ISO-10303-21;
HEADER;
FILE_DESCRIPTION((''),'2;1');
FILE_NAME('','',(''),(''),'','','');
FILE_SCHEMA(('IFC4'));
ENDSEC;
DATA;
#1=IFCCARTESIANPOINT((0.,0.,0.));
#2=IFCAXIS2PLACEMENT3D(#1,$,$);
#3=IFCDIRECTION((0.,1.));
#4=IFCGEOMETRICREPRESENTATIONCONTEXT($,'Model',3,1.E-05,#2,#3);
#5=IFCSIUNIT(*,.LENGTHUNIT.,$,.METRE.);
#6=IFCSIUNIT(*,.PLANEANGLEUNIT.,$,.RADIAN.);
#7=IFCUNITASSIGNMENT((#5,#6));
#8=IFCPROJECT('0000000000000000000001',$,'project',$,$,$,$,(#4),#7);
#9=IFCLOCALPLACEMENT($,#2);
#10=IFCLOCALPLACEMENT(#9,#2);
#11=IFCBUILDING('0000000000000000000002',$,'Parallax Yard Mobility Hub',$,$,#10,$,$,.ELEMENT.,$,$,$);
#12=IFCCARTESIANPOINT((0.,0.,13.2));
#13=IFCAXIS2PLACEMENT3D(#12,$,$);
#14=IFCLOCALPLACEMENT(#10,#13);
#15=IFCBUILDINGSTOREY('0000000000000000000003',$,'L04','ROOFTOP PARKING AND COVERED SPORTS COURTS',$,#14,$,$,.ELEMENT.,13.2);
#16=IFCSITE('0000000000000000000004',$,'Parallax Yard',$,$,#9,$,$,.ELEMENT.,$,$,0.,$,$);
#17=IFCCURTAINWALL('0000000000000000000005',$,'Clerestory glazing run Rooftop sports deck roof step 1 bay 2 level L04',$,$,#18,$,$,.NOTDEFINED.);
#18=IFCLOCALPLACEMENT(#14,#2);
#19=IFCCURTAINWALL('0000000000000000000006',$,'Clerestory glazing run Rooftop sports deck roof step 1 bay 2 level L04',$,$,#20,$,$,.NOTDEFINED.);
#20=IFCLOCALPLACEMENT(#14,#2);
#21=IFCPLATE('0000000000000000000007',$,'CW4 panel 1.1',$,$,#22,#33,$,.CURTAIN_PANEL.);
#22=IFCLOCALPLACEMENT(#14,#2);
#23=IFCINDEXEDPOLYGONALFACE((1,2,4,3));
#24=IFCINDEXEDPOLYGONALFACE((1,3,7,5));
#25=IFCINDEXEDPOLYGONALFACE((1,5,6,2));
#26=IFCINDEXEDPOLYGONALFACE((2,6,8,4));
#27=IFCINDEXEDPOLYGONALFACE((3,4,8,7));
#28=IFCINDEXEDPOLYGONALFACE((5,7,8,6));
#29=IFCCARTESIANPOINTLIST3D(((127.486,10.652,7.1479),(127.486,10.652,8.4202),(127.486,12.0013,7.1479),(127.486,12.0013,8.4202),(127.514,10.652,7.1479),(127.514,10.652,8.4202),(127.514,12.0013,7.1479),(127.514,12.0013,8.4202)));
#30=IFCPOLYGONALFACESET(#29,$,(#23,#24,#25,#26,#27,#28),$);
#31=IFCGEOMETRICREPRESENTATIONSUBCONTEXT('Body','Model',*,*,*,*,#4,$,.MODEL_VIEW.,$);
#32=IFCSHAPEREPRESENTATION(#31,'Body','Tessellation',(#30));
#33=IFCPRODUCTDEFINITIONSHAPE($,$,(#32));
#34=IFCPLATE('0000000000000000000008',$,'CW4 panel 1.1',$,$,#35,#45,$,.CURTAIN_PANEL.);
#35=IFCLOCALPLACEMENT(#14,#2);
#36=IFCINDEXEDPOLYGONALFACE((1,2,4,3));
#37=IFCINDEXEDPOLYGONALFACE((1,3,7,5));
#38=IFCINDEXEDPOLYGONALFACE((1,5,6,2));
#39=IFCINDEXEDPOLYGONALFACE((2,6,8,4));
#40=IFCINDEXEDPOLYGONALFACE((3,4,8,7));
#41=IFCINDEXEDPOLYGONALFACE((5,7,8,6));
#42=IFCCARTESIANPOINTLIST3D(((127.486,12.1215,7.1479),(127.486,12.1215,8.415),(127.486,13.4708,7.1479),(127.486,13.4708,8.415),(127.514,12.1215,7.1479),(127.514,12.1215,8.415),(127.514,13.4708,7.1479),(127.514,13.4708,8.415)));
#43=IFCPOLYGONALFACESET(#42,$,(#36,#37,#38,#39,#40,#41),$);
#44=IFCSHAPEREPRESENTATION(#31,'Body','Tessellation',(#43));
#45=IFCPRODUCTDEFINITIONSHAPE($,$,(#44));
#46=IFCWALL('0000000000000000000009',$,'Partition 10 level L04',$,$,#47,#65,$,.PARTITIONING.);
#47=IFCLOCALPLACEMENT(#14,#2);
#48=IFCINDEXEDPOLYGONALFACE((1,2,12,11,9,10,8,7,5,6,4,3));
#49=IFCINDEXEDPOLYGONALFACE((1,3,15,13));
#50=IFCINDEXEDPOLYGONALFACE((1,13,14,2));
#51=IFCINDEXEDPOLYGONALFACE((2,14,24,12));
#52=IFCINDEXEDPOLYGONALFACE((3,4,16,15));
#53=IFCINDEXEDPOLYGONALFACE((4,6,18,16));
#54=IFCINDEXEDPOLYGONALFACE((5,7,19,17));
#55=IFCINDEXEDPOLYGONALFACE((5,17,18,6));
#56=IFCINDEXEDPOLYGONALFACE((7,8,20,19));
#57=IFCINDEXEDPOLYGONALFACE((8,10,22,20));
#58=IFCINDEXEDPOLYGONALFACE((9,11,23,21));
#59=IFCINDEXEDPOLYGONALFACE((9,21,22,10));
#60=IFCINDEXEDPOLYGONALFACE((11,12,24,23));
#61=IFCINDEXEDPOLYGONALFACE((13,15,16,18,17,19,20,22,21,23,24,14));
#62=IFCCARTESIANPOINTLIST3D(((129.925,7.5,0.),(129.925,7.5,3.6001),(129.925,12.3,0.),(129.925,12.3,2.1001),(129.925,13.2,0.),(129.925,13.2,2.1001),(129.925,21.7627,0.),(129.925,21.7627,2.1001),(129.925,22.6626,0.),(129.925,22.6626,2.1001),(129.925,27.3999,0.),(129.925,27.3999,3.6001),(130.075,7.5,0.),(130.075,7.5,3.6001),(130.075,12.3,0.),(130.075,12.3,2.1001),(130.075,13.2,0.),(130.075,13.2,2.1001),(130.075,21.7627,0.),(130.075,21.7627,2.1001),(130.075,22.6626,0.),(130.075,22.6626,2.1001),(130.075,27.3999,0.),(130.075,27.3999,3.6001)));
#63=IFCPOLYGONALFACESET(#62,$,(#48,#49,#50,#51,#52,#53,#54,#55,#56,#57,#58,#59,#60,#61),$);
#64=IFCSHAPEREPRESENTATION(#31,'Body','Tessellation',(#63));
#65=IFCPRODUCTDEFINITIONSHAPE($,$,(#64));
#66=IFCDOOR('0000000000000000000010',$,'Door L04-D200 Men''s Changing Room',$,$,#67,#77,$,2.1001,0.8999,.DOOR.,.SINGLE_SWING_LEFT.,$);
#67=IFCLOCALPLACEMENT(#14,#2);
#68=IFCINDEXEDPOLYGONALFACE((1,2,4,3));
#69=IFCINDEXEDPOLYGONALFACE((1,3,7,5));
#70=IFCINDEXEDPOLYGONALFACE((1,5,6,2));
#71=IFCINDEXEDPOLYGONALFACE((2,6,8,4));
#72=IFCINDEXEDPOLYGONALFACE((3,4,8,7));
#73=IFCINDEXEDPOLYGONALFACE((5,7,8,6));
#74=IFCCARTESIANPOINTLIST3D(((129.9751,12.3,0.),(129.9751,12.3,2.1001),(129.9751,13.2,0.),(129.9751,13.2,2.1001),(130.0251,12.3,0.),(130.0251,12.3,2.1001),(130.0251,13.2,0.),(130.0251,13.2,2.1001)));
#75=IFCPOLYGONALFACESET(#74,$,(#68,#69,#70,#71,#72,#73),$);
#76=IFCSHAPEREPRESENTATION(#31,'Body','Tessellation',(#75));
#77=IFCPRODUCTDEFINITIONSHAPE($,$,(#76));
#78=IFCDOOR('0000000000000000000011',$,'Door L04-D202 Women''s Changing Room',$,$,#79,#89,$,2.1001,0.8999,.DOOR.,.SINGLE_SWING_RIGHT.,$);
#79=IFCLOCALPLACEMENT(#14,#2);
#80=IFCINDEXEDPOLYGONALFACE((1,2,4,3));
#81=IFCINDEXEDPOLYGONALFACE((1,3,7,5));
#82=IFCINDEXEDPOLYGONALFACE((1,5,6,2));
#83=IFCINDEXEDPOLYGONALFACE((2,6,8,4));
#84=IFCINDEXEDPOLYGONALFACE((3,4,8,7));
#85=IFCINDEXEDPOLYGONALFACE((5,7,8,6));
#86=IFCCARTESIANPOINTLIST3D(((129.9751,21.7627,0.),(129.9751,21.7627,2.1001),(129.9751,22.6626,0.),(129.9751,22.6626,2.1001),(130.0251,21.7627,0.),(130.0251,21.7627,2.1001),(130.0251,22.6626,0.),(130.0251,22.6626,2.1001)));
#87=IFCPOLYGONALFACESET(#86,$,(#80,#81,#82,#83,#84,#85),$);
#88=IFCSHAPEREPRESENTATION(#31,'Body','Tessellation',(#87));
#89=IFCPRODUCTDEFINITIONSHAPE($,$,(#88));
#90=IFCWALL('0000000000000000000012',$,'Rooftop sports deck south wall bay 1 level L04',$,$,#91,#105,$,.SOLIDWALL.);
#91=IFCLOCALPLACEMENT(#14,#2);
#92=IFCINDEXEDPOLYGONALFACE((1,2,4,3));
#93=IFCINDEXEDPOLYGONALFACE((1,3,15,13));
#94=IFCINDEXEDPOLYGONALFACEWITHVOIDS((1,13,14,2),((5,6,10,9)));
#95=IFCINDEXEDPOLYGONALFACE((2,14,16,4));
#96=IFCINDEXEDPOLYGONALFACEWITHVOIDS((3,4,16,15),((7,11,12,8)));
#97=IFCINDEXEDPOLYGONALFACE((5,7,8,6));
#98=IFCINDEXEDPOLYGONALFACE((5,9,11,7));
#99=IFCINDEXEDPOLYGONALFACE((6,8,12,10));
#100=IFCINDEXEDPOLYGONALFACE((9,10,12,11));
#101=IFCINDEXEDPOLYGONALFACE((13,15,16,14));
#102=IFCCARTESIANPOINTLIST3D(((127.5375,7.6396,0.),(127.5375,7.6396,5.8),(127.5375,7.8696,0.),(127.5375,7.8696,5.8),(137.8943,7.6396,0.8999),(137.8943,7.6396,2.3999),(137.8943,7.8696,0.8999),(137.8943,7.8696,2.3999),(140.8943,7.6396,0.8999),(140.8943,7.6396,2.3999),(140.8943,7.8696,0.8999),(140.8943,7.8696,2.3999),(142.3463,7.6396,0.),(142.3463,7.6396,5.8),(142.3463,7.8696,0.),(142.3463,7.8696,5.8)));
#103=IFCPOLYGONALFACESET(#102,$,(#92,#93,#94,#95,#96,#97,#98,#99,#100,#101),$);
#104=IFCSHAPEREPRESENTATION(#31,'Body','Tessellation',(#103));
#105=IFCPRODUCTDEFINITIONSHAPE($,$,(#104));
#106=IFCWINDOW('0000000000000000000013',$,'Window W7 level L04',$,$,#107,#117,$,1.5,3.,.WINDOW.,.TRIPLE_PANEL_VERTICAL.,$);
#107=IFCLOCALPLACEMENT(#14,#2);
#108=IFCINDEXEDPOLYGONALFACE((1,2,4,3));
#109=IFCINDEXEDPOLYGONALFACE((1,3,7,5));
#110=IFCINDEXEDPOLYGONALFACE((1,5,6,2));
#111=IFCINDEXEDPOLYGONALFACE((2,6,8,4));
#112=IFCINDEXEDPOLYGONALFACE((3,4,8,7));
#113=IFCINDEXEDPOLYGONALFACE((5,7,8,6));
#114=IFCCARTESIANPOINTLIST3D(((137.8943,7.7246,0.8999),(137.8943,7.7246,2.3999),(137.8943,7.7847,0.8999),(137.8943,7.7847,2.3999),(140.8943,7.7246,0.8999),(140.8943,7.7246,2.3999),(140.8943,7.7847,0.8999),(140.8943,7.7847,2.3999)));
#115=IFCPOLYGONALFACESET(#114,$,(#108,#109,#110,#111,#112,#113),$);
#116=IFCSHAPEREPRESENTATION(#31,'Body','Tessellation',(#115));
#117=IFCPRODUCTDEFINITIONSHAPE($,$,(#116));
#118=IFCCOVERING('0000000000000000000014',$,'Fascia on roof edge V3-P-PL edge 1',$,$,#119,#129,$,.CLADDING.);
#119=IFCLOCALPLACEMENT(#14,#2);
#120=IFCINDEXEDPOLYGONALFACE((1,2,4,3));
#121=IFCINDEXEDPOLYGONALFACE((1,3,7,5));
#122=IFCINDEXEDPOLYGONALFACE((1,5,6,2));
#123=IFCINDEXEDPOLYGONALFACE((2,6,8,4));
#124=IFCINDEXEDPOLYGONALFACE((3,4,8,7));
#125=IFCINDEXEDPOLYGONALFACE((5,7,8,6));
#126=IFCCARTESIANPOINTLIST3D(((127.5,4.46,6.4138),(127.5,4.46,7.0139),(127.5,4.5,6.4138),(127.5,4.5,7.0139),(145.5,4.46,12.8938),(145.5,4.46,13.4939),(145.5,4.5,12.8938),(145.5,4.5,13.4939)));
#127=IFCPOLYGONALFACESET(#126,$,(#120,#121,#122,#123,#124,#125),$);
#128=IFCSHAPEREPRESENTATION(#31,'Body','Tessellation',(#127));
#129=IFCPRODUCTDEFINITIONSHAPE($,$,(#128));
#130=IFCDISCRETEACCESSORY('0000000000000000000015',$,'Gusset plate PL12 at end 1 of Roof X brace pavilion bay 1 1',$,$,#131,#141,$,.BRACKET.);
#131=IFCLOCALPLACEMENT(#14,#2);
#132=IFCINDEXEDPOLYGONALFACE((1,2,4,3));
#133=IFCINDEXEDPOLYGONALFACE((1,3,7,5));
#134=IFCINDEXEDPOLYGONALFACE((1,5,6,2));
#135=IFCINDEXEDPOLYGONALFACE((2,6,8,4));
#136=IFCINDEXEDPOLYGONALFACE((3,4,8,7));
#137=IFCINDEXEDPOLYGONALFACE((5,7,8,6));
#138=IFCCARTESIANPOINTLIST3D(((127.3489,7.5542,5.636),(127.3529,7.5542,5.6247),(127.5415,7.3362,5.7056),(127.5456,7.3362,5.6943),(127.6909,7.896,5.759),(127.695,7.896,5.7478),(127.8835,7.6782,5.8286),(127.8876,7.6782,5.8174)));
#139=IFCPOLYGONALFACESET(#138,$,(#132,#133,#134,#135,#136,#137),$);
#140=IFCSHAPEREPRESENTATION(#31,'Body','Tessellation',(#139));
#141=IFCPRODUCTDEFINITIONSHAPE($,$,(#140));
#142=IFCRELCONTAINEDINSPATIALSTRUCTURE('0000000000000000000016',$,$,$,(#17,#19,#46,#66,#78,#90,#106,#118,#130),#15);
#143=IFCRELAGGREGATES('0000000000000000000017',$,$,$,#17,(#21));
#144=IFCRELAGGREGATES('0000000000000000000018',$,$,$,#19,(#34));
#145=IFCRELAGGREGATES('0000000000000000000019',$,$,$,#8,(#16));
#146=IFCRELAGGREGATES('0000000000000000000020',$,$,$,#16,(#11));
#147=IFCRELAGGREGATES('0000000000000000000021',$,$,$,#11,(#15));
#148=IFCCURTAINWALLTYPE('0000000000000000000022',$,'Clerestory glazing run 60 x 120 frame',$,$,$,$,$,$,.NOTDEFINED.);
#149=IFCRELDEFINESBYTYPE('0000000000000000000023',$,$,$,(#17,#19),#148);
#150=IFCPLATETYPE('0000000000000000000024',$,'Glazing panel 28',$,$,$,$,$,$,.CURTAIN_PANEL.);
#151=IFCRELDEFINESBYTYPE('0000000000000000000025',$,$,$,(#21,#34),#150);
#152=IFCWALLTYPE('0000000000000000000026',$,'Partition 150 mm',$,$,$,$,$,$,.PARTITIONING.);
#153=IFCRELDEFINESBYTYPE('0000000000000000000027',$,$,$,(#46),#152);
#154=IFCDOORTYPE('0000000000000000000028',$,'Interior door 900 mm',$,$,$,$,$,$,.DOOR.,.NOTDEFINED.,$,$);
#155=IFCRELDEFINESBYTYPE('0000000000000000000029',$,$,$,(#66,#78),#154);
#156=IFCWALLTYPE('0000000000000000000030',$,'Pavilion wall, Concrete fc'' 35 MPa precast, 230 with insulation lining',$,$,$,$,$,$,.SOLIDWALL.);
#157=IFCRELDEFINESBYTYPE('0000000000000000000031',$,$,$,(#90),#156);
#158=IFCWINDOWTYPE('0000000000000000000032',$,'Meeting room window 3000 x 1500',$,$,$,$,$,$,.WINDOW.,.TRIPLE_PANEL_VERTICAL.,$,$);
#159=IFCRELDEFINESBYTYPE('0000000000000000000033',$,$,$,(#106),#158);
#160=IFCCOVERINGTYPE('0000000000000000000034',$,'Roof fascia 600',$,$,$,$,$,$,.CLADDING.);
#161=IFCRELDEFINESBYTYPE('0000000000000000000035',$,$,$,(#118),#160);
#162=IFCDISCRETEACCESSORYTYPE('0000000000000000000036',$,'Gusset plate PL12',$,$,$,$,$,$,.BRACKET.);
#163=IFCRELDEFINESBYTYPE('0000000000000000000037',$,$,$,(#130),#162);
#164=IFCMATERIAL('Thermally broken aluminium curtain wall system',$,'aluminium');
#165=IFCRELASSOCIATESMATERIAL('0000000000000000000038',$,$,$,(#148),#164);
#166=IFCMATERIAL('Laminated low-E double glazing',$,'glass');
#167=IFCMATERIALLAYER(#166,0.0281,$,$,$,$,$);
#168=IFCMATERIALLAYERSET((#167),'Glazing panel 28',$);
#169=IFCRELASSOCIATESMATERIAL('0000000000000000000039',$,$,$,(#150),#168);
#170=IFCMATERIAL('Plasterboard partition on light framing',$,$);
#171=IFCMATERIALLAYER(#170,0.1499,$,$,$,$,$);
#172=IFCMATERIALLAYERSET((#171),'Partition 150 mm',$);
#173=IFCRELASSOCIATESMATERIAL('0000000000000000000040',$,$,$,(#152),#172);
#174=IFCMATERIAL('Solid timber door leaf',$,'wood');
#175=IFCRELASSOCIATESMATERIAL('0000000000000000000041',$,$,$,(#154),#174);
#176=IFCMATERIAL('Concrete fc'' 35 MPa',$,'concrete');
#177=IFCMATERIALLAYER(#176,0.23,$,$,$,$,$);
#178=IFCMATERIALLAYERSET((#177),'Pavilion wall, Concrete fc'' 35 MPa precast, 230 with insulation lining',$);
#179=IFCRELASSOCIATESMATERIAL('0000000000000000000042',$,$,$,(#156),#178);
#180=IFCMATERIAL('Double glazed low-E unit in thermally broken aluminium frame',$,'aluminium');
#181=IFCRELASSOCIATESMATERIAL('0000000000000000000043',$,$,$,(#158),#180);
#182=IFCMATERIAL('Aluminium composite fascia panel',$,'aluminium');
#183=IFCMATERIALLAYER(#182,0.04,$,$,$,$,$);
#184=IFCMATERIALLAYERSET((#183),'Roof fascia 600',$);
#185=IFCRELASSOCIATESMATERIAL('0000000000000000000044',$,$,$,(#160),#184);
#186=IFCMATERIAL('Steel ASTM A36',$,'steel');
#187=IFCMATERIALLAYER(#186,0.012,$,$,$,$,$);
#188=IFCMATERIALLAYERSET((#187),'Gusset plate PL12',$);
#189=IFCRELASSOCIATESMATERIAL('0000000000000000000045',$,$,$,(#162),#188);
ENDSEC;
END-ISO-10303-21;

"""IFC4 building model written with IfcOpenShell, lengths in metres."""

from ifc_helpers import new_model, si_unit, direction, frame, frame_2d, origin, origin_2d, place, context, subcontext, project, spatial, polyline, rectangle, outline, extrude, material, layer, layer_set, type_object, element, fill, aggregate, save


model = new_model("IFC4")

# Units and contexts
model_context = context("Model", 3, precision=1e-05, world=origin(), true_north=direction((0.0, 1.0)))
body_context = subcontext(model_context, "Body", "Model", "MODEL_VIEW")
ifc_project = project(units=[si_unit("LENGTHUNIT", "METRE"), si_unit("PLANEANGLEUNIT", "RADIAN")], contexts=[model_context])

# Site, building, storey
site_placement = place(None, origin())
site = spatial("IfcSite", under=ifc_project, at=site_placement, Name="Parallax Yard", CompositionType="ELEMENT", RefElevation=0.0)
building_placement = place(site_placement, origin())
building = spatial("IfcBuilding", under=site, at=building_placement, Name="Parallax Yard Mobility Hub", CompositionType="ELEMENT")
storey_placement = place(building_placement, frame((0.0, 0.0, 13.2)))
storey = spatial("IfcBuildingStorey", under=building, at=storey_placement, Name="L04", Description="ROOFTOP PARKING AND COVERED SPORTS COURTS", CompositionType="ELEMENT", Elevation=13.2)

# Curtain walls
ifc_material_1 = material(Name="Thermally broken aluminium curtain wall system", Category="aluminium")
curtain_wall_type = type_object("IfcCurtainWallType", Name="Clerestory glazing run 60 x 120 frame", PredefinedType="NOTDEFINED", material=ifc_material_1)
curtain_wall_1_placement = place(storey_placement, origin())
curtain_wall_1 = element("IfcCurtainWall", 1, at=curtain_wall_1_placement, inside=storey, type_object=curtain_wall_type, Name="Clerestory glazing run Rooftop sports deck roof step 1 bay 2 level L04", PredefinedType="NOTDEFINED")
curtain_wall_2_placement = place(storey_placement, origin())
curtain_wall_2 = element("IfcCurtainWall", 2, at=curtain_wall_2_placement, inside=storey, type_object=curtain_wall_type, Name="Clerestory glazing run Rooftop sports deck roof step 1 bay 2 level L04", PredefinedType="NOTDEFINED")

# Plates
ifc_material_2 = material(Name="Laminated low-E double glazing", Category="glass")
ifc_layer_1 = layer(ifc_material_2, 0.0281)
ifc_layer_set_1 = layer_set([ifc_layer_1], Name="Glazing panel 28")
plate_type = type_object("IfcPlateType", Name="Glazing panel 28", PredefinedType="CURTAIN_PANEL", material=ifc_layer_set_1)
plate_1_placement = place(storey_placement, frame((127.5, 11.3267, 7.1479), z_axis=(0.0, 0.0, 1.0), x_axis=(0.0, 1.0, 0.0)))
plate_1 = element("IfcPlate", 3, at=plate_1_placement, type_object=plate_type, Name="CW4 panel 1.1", PredefinedType="CURTAIN_PANEL", context=body_context, shape_type="SweptSolid", body=[
    extrude(rectangle(XDim=1.3494, YDim=0.0281, at=origin_2d()), origin(), (0.0, 0.0, 1.0), 1.2722),
])
aggregate(curtain_wall_1, [plate_1])
plate_2_placement = place(storey_placement, frame((127.5, 12.7961, 7.1479), z_axis=(0.0, 0.0, 1.0), x_axis=(0.0, 1.0, 0.0)))
plate_2 = element("IfcPlate", 4, at=plate_2_placement, type_object=plate_type, Name="CW4 panel 1.1", PredefinedType="CURTAIN_PANEL", context=body_context, shape_type="SweptSolid", body=[
    extrude(rectangle(XDim=1.3494, YDim=0.0281, at=origin_2d()), origin(), (0.0, 0.0, 1.0), 1.2671),
])
aggregate(curtain_wall_2, [plate_2])

# Wall, openings, doors
ifc_material_3 = material(Name="Plasterboard partition on light framing")
ifc_layer_2 = layer(ifc_material_3, 0.1499)
ifc_layer_set_2 = layer_set([ifc_layer_2], Name="Partition 150 mm")
wall_type_1 = type_object("IfcWallType", Name="Partition 150 mm", PredefinedType="PARTITIONING", material=ifc_layer_set_2)
wall_1_placement = place(storey_placement, frame((130.0, 7.5, 0.0), z_axis=(0.0, 0.0, 1.0), x_axis=(0.0, 1.0, 0.0)))
wall_1 = element("IfcWall", 5, at=wall_1_placement, inside=storey, type_object=wall_type_1, Name="Partition 10 level L04", PredefinedType="PARTITIONING", context=body_context, shape_type="SweptSolid", body=[
    extrude(rectangle(XDim=19.8999, YDim=0.1499, at=frame_2d((9.95, 0.0))), origin(), (0.0, 0.0, 1.0), 3.6001),
])
opening_1_placement = place(wall_1_placement, frame((4.8, 0.0, 0.0)))
opening_1 = element("IfcOpeningElement", 6, at=opening_1_placement, cuts=wall_1, PredefinedType="OPENING", context=body_context, shape_type="SweptSolid", body=[
    extrude(rectangle(XDim=0.8999, YDim=2.1001, at=frame_2d((0.45, 1.05))), frame((0.0, 0.085, 0.0), z_axis=(0.0, -1.0, 0.0), x_axis=(1.0, 0.0, 0.0)), (0.0, 0.0, 1.0), 0.1699),
])
opening_2_placement = place(wall_1_placement, frame((14.2627, 0.0, 0.0)))
opening_2 = element("IfcOpeningElement", 7, at=opening_2_placement, cuts=wall_1, PredefinedType="OPENING", context=body_context, shape_type="SweptSolid", body=[
    extrude(rectangle(XDim=0.8999, YDim=2.1001, at=frame_2d((0.45, 1.05))), frame((0.0, 0.085, 0.0), z_axis=(0.0, -1.0, 0.0), x_axis=(1.0, 0.0, 0.0)), (0.0, 0.0, 1.0), 0.1699),
])
ifc_material_4 = material(Name="Solid timber door leaf", Category="wood")
door_type = type_object("IfcDoorType", Name="Interior door 900 mm", OperationType="NOTDEFINED", PredefinedType="DOOR", material=ifc_material_4)
door_1_placement = place(opening_1_placement, origin())
door_1 = element("IfcDoor", 8, at=door_1_placement, inside=storey, type_object=door_type, Name="Door L04-D200 Men's Changing Room", OperationType="SINGLE_SWING_LEFT", OverallHeight=2.1001, OverallWidth=0.8999, PredefinedType="DOOR", context=body_context, shape_type="SweptSolid", body=[
    extrude(rectangle(XDim=0.8999, YDim=2.1001, at=frame_2d((0.45, 1.05))), frame((0.0, 0.0249, 0.0), z_axis=(0.0, -1.0, 0.0), x_axis=(1.0, 0.0, 0.0)), (0.0, 0.0, 1.0), 0.05),
])
fill(opening_1, door_1)
door_2_placement = place(opening_2_placement, origin())
door_2 = element("IfcDoor", 9, at=door_2_placement, inside=storey, type_object=door_type, Name="Door L04-D202 Women's Changing Room", OperationType="SINGLE_SWING_RIGHT", OverallHeight=2.1001, OverallWidth=0.8999, PredefinedType="DOOR", context=body_context, shape_type="SweptSolid", body=[
    extrude(rectangle(XDim=0.8999, YDim=2.1001, at=frame_2d((0.45, 1.05))), frame((0.0, 0.0249, 0.0), z_axis=(0.0, -1.0, 0.0), x_axis=(1.0, 0.0, 0.0)), (0.0, 0.0, 1.0), 0.05),
])
fill(opening_2, door_2)

# Wall, opening, window
ifc_material_5 = material(Name="Concrete fc' 35 MPa", Category="concrete")
ifc_layer_3 = layer(ifc_material_5, 0.23)
ifc_layer_set_3 = layer_set([ifc_layer_3], Name="Pavilion wall, Concrete fc' 35 MPa precast, 230 with insulation lining")
wall_type_2 = type_object("IfcWallType", Name="Pavilion wall, Concrete fc' 35 MPa precast, 230 with insulation lining", PredefinedType="SOLIDWALL", material=ifc_layer_set_3)
wall_2_placement = place(storey_placement, frame((127.5376, 7.7546, 0.0), z_axis=(0.0, 0.0, 1.0), x_axis=(1.0, 0.0, 0.0)))
wall_2 = element("IfcWall", 10, at=wall_2_placement, inside=storey, type_object=wall_type_2, Name="Rooftop sports deck south wall bay 1 level L04", PredefinedType="SOLIDWALL", context=body_context, shape_type="SweptSolid", body=[
    extrude(rectangle(XDim=14.8088, YDim=0.23, at=frame_2d((7.4043, 0.0))), origin(), (0.0, 0.0, 1.0), 5.8),
])
opening_3_placement = place(wall_2_placement, frame((10.3567, 0.0, 0.8999)))
opening_3 = element("IfcOpeningElement", 11, at=opening_3_placement, cuts=wall_2, PredefinedType="OPENING", context=body_context, shape_type="SweptSolid", body=[
    extrude(rectangle(XDim=3.0, YDim=1.5, at=frame_2d((1.5, 0.75))), frame((0.0, 0.125, 0.0), z_axis=(0.0, -1.0, 0.0), x_axis=(1.0, 0.0, 0.0)), (0.0, 0.0, 1.0), 0.25),
])
ifc_material_6 = material(Name="Double glazed low-E unit in thermally broken aluminium frame", Category="aluminium")
window_type = type_object("IfcWindowType", Name="Meeting room window 3000 x 1500", PartitioningType="TRIPLE_PANEL_VERTICAL", PredefinedType="WINDOW", material=ifc_material_6)
window_placement = place(opening_3_placement, origin())
window = element("IfcWindow", 12, at=window_placement, inside=storey, type_object=window_type, Name="Window W7 level L04", OverallHeight=1.5, OverallWidth=3.0, PartitioningType="TRIPLE_PANEL_VERTICAL", PredefinedType="WINDOW", context=body_context, shape_type="SweptSolid", body=[
    extrude(rectangle(XDim=3.0, YDim=1.5, at=frame_2d((1.5, 0.75))), frame((0.0, 0.03, 0.0), z_axis=(0.0, -1.0, 0.0), x_axis=(1.0, 0.0, 0.0)), (0.0, 0.0, 1.0), 0.0601),
])
fill(opening_3, window)

# Covering
ifc_material_7 = material(Name="Aluminium composite fascia panel", Category="aluminium")
ifc_layer_4 = layer(ifc_material_7, 0.04)
ifc_layer_set_4 = layer_set([ifc_layer_4], Name="Roof fascia 600")
covering_type = type_object("IfcCoveringType", Name="Roof fascia 600", PredefinedType="CLADDING", material=ifc_layer_set_4)
covering_placement = place(storey_placement, frame((127.5, 4.5, 7.0139), z_axis=(0.0, 1.0, 0.0), x_axis=(0.940888, 0.0, 0.338719)))
element("IfcCovering", 13, at=covering_placement, inside=storey, type_object=covering_type, Name="Fascia on roof edge V3-P-PL edge 1", PredefinedType="CLADDING", context=body_context, shape_type="SweptSolid", body=[
    extrude(outline(polyline([(0.0, 0.0), (19.1309, 0.0), (18.9276, 0.5646), (-0.2033, 0.5646), (0.0, 0.0)])), origin(), (0.0, 0.0, -1.0), 0.04),
])

# Discrete accessory
ifc_material_8 = material(Name="Steel ASTM A36", Category="steel")
ifc_layer_5 = layer(ifc_material_8, 0.012)
ifc_layer_set_5 = layer_set([ifc_layer_5], Name="Gusset plate PL12")
discrete_accessory_type = type_object("IfcDiscreteAccessoryType", Name="Gusset plate PL12", PredefinedType="BRACKET", material=ifc_layer_set_5)
discrete_accessory_placement = place(storey_placement, frame((127.6909, 7.896, 5.759), z_axis=(-0.339081, 0.000651, 0.940757), x_axis=(-0.685512, -0.685023, -0.246609)))
element("IfcDiscreteAccessory", 14, at=discrete_accessory_placement, inside=storey, type_object=discrete_accessory_type, Name="Gusset plate PL12 at end 1 of Roof X brace pavilion bay 1 1", PredefinedType="BRACKET", context=body_context, shape_type="SweptSolid", body=[
    extrude(outline(polyline([(0.0, 0.0), (0.499, 0.0), (0.4991, 0.2991), (0.0, 0.299), (0.0, 0.0)])), origin(), (0.0, 0.0, -1.0), 0.012),
])

save(model, "model.ifc")
